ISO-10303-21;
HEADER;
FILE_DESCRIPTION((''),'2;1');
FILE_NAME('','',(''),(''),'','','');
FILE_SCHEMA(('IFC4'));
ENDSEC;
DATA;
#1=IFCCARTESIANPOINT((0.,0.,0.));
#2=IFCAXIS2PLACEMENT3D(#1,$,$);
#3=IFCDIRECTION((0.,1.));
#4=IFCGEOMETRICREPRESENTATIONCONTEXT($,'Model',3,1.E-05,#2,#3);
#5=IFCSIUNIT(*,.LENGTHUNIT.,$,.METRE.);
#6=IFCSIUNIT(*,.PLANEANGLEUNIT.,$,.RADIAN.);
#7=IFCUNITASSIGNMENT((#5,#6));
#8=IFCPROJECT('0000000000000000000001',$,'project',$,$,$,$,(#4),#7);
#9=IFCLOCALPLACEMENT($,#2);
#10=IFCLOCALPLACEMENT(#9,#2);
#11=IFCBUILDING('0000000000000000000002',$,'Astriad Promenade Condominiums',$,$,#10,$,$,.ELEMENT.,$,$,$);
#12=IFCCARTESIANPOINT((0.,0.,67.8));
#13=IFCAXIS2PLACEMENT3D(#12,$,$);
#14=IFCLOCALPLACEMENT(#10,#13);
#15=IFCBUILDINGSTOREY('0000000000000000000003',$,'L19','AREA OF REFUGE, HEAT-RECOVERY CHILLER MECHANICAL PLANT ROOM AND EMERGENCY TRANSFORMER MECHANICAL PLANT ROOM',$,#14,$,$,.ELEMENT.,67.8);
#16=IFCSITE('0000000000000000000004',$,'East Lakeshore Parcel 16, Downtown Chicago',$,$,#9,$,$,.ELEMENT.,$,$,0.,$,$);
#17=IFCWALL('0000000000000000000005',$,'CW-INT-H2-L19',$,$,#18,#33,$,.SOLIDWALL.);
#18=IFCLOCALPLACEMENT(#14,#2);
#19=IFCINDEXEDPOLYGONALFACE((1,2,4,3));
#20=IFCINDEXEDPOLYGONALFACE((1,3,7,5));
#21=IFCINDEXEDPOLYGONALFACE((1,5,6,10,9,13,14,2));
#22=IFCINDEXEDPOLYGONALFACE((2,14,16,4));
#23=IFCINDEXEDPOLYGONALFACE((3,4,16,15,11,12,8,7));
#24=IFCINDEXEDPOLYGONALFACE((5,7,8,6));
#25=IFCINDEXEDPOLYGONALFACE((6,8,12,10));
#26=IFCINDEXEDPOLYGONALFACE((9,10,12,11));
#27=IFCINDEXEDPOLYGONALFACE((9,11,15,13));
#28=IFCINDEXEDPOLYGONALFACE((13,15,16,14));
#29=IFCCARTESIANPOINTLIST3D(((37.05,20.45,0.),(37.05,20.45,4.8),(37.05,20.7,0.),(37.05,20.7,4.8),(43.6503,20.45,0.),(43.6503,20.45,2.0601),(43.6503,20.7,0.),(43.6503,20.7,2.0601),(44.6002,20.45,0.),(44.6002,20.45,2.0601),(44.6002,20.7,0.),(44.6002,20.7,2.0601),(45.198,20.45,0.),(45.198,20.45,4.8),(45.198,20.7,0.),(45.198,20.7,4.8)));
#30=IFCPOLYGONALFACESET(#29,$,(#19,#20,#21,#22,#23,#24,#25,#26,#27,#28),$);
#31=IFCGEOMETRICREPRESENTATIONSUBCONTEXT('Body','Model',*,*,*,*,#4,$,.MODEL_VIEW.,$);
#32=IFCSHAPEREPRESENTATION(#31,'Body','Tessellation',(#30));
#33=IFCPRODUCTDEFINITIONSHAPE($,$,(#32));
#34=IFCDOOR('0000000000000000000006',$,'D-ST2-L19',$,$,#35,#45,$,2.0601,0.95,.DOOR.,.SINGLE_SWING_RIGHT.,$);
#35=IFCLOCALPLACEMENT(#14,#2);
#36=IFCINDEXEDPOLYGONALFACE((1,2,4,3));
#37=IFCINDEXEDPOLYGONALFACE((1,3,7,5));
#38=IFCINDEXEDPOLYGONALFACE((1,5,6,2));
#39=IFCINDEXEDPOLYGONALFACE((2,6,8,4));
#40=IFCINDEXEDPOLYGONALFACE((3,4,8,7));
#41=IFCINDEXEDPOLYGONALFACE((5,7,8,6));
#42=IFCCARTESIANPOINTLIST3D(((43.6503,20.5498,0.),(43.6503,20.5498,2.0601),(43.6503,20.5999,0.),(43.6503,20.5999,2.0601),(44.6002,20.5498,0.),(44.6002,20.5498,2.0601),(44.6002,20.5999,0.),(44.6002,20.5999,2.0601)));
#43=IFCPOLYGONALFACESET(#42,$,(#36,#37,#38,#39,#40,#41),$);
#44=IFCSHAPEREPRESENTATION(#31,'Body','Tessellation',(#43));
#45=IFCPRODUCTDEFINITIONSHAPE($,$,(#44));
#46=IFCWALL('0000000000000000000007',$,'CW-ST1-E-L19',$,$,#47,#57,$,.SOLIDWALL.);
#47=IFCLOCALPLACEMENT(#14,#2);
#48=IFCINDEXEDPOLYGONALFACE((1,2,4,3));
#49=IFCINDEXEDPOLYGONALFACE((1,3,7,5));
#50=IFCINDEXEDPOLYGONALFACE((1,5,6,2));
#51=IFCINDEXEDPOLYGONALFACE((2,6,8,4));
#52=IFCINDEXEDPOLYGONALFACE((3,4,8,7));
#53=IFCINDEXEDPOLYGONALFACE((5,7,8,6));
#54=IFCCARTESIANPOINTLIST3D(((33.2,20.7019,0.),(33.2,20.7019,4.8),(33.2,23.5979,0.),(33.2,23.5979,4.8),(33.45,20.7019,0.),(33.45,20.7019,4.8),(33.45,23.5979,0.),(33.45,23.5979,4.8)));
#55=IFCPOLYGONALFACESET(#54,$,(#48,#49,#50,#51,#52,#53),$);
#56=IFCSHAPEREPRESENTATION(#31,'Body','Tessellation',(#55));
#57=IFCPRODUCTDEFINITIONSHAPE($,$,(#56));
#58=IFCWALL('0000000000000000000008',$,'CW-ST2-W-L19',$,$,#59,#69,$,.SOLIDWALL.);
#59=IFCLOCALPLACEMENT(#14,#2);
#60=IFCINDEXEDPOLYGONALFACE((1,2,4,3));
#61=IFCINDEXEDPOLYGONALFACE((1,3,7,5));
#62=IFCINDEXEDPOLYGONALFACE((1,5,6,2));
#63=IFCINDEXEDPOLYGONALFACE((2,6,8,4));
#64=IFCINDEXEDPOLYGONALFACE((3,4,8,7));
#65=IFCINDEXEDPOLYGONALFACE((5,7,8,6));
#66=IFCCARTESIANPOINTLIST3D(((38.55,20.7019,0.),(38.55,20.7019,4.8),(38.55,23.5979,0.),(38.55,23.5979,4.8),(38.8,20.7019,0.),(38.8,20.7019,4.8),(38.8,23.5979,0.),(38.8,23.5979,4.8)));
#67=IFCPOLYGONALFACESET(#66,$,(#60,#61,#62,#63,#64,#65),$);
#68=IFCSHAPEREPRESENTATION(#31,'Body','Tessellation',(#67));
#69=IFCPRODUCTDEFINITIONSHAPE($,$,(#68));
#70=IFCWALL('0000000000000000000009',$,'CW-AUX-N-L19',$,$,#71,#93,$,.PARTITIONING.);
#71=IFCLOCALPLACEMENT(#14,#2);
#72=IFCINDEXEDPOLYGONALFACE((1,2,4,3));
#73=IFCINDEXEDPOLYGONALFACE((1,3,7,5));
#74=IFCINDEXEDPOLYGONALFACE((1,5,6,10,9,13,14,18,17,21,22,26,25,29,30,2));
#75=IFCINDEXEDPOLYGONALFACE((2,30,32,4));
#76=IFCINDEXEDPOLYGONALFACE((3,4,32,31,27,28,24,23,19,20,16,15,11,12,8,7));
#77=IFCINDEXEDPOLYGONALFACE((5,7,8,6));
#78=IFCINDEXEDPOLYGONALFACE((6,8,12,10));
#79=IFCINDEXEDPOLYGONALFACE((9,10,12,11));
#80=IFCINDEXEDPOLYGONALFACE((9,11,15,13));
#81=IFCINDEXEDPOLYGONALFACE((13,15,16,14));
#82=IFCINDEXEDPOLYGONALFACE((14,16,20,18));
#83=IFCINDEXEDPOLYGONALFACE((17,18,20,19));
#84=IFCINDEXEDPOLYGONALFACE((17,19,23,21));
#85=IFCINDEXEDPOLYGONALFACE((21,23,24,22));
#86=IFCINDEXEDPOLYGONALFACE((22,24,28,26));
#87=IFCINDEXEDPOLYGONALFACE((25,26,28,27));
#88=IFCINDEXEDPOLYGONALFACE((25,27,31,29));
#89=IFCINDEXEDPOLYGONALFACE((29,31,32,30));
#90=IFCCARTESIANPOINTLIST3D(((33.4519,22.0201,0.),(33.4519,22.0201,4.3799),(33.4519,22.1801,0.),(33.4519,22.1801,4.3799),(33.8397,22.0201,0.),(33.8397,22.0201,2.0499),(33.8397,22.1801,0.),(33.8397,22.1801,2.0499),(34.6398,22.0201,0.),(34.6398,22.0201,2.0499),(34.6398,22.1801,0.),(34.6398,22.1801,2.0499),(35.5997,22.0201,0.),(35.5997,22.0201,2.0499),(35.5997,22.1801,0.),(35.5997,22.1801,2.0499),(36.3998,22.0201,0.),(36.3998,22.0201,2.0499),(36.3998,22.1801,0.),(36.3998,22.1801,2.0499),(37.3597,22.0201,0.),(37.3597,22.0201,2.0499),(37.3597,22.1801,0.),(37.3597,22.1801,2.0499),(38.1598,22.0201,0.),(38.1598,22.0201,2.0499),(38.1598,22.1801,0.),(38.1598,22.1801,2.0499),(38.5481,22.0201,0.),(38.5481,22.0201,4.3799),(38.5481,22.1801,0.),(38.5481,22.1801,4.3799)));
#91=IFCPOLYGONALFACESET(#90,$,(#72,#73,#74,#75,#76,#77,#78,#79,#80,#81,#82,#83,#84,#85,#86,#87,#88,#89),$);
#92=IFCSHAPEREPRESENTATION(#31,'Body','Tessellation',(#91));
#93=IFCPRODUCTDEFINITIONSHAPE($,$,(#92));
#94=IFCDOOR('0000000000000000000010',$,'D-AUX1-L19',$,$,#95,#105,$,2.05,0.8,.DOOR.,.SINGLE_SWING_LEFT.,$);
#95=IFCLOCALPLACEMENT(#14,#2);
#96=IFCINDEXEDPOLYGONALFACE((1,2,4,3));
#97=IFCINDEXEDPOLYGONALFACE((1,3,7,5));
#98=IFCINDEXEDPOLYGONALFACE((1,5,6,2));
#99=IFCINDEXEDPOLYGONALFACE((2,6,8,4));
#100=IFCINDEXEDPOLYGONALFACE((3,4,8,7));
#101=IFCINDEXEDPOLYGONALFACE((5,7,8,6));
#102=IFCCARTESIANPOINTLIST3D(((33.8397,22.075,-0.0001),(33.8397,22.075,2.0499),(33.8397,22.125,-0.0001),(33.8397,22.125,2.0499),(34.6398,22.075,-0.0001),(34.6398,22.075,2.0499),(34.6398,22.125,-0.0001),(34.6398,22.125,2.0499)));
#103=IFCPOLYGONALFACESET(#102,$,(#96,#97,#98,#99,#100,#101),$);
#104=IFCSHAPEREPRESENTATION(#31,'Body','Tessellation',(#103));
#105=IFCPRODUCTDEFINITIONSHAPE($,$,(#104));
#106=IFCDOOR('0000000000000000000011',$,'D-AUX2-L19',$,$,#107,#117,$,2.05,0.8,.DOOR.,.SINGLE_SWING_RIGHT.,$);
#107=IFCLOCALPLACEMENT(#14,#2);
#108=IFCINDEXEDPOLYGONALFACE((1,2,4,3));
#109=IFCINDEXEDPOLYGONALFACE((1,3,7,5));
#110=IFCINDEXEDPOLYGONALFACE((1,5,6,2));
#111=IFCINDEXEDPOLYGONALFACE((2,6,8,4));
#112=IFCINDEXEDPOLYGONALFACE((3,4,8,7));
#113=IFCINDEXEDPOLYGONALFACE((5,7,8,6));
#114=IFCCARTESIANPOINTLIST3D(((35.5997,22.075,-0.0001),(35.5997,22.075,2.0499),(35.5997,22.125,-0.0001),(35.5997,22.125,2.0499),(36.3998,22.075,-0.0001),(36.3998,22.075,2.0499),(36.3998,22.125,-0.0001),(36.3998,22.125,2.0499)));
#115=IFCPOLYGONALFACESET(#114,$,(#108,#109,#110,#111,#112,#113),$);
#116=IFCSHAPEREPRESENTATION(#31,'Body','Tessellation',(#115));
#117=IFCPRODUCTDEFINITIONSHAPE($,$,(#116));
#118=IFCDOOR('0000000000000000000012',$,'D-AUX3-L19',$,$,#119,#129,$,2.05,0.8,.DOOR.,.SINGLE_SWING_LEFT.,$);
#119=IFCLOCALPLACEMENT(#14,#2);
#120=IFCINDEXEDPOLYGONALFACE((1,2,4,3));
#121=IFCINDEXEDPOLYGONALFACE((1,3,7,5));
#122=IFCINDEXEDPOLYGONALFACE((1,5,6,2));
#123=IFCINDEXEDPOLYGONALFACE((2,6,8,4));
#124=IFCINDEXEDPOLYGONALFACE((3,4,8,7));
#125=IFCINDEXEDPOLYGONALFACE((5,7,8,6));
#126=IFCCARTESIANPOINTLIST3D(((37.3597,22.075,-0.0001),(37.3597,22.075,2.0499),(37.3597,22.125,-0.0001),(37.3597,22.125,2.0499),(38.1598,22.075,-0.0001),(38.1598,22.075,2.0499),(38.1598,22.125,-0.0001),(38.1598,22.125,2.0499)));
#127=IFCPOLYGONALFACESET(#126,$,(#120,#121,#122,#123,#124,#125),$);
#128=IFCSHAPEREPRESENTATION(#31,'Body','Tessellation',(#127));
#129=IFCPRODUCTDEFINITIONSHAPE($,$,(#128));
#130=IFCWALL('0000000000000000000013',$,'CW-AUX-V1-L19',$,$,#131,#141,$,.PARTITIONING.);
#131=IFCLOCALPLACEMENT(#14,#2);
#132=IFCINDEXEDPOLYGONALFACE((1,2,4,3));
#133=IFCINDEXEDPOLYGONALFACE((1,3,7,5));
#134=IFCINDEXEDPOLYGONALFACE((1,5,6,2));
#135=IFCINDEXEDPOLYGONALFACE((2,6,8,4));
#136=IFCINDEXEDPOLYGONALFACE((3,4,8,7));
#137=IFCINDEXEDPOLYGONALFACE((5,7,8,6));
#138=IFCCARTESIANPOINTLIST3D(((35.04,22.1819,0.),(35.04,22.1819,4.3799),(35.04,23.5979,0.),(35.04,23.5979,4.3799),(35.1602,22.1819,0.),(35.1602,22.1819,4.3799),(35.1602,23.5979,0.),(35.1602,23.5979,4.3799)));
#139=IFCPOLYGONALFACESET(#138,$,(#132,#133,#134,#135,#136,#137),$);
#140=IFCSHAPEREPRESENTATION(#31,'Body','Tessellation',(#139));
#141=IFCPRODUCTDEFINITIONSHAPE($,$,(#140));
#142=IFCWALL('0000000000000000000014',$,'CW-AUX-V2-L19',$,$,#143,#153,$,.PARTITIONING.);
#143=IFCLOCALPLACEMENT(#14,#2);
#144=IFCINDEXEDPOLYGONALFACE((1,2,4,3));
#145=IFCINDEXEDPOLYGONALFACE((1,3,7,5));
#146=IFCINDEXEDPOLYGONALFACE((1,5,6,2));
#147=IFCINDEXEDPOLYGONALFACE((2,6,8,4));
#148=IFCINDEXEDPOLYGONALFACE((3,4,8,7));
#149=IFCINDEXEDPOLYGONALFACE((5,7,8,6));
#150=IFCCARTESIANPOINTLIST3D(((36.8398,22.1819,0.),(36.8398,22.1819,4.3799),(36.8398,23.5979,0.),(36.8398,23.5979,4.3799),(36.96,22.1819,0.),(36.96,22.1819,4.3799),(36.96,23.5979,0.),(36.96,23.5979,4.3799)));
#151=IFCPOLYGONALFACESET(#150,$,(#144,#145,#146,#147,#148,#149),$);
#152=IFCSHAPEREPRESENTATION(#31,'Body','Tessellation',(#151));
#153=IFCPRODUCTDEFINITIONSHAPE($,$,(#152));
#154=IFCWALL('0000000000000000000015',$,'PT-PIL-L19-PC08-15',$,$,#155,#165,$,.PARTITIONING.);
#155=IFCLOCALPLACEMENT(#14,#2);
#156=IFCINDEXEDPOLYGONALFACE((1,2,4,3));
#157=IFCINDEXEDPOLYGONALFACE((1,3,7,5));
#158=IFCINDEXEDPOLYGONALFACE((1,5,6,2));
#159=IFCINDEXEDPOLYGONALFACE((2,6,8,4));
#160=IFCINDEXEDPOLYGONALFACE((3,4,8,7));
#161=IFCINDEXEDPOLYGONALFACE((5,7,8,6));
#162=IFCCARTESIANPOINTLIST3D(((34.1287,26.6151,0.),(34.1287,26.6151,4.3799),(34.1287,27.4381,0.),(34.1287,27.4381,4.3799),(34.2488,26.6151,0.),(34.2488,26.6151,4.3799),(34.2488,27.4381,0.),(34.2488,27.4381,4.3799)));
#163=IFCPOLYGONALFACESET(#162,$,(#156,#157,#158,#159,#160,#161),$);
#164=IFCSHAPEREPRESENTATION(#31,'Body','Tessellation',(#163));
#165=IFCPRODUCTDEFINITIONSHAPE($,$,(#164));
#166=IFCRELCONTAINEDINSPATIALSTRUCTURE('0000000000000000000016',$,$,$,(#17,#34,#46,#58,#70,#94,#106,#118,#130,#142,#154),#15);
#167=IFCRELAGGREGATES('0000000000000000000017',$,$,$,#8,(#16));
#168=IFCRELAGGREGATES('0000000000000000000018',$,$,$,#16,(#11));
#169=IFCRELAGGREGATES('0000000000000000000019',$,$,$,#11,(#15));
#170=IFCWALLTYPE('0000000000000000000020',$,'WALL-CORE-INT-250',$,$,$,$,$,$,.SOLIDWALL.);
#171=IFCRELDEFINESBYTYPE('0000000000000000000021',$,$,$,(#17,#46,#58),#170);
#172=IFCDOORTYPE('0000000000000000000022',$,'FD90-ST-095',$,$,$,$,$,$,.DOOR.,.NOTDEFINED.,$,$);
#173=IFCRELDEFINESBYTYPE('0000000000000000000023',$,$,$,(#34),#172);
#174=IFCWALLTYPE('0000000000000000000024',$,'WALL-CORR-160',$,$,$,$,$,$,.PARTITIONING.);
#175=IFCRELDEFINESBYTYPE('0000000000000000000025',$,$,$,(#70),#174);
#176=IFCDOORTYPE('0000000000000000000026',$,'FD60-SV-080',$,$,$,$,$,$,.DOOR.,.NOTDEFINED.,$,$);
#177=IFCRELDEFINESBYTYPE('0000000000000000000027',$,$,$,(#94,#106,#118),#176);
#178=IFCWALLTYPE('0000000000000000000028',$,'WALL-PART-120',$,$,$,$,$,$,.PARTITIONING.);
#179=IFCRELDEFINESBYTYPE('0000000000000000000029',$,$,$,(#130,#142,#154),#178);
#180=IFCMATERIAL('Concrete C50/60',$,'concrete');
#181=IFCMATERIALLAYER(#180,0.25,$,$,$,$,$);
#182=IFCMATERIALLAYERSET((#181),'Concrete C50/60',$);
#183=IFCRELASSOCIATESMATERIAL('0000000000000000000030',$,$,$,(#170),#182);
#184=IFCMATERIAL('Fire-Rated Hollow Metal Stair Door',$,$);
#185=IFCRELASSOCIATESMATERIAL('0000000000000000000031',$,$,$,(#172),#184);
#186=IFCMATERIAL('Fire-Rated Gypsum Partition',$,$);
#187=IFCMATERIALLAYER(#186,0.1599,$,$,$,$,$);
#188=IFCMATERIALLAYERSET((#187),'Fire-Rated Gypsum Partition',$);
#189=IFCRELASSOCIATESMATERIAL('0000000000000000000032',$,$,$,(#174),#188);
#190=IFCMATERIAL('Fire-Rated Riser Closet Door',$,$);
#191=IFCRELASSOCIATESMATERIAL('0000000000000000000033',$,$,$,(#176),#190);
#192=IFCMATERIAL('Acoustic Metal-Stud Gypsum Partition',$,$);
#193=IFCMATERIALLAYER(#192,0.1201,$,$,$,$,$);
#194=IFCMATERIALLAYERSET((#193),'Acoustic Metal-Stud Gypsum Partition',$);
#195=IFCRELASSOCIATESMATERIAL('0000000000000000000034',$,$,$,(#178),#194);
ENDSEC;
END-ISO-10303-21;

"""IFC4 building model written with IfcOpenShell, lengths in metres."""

from ifc_helpers import new_model, si_unit, direction, frame, frame_2d, origin, place, context, subcontext, project, spatial, rectangle, extrude, source, transform, mapped, material, layer, layer_set, type_object, type_shapes, element, fill, save


model = new_model("IFC4")

# Units and contexts
model_context = context("Model", 3, precision=1e-05, world=origin(), true_north=direction((0.0, 1.0)))
body_context = subcontext(model_context, "Body", "Model", "MODEL_VIEW")
ifc_project = project(units=[si_unit("LENGTHUNIT", "METRE"), si_unit("PLANEANGLEUNIT", "RADIAN")], contexts=[model_context])

# Site, building, storey
site_placement = place(None, origin())
site = spatial("IfcSite", under=ifc_project, at=site_placement, Name="East Lakeshore Parcel 16, Downtown Chicago", CompositionType="ELEMENT", RefElevation=0.0)
building_placement = place(site_placement, origin())
building = spatial("IfcBuilding", under=site, at=building_placement, Name="Astriad Promenade Condominiums", CompositionType="ELEMENT")
storey_placement = place(building_placement, frame((0.0, 0.0, 67.8)))
storey = spatial("IfcBuildingStorey", under=building, at=storey_placement, Name="L19", Description="AREA OF REFUGE, HEAT-RECOVERY CHILLER MECHANICAL PLANT ROOM AND EMERGENCY TRANSFORMER MECHANICAL PLANT ROOM", CompositionType="ELEMENT", Elevation=67.8)

# Wall, opening, door
ifc_material_1 = material(Name="Concrete C50/60", Category="concrete")
ifc_layer_1 = layer(ifc_material_1, 0.25)
ifc_layer_set_1 = layer_set([ifc_layer_1], Name="Concrete C50/60")
wall_type_1 = type_object("IfcWallType", Name="WALL-CORE-INT-250", PredefinedType="SOLIDWALL", material=ifc_layer_set_1)
wall_1_placement = place(storey_placement, frame((37.05, 20.575, 0.0), z_axis=(0.0, 0.0, 1.0), x_axis=(1.0, 0.0, 0.0)))
wall_1 = element("IfcWall", 1, at=wall_1_placement, inside=storey, type_object=wall_type_1, Name="CW-INT-H2-L19", PredefinedType="SOLIDWALL", context=body_context, shape_type="SweptSolid", body=[
    extrude(rectangle(XDim=8.1479, YDim=0.25, at=frame_2d((4.074, 0.0))), origin(), (0.0, 0.0, 1.0), 4.8),
])
opening_1_placement = place(wall_1_placement, frame((6.6001, 0.0, 0.0)))
opening_1 = element("IfcOpeningElement", 2, at=opening_1_placement, cuts=wall_1, PredefinedType="OPENING", context=body_context, shape_type="SweptSolid", body=[
    extrude(rectangle(XDim=0.95, YDim=2.0601, at=frame_2d((0.4751, 1.03))), frame((0.0, 0.135, 0.0), z_axis=(0.0, -1.0, 0.0), x_axis=(1.0, 0.0, 0.0)), (0.0, 0.0, 1.0), 0.27),
])
ifc_material_2 = material(Name="Fire-Rated Hollow Metal Stair Door")
door_type_1 = type_object("IfcDoorType", Name="FD90-ST-095", OperationType="NOTDEFINED", PredefinedType="DOOR", material=ifc_material_2)
shared_shape_1 = source(origin(), body_context, "Body", "SweptSolid", [
    extrude(rectangle(XDim=0.95, YDim=2.0601, at=frame_2d((0.4751, 1.03))), frame((0.0, 0.0249, 0.0), z_axis=(0.0, -1.0, 0.0), x_axis=(1.0, 0.0, 0.0)), (0.0, 0.0, 1.0), 0.05),
])
type_shapes(door_type_1, [shared_shape_1])
door_1_placement = place(opening_1_placement, origin())
door_1 = element("IfcDoor", 3, at=door_1_placement, inside=storey, type_object=door_type_1, Name="D-ST2-L19", OperationType="SINGLE_SWING_RIGHT", OverallHeight=2.0601, OverallWidth=0.95, PredefinedType="DOOR", context=body_context, shape_type="MappedRepresentation", body=[
    mapped(shared_shape_1, transform((0.0, 0.0, 0.0), scale=1.0)),
])
fill(opening_1, door_1)

# Walls
for number, where, z_axis, x_axis, name in (
    (4, (33.325, 20.7019, 0.0), (0.0, 0.0, 1.0), (0.0, 1.0, 0.0), "CW-ST1-E-L19"),
    (5, (38.675, 20.7019, 0.0), (0.0, 0.0, 1.0), (0.0, 1.0, 0.0), "CW-ST2-W-L19"),
):
    element("IfcWall", number, at=place(storey_placement, frame(where, z_axis=z_axis, x_axis=x_axis)), inside=storey, type_object=wall_type_1, Name=name, PredefinedType="SOLIDWALL", context=body_context, shape_type="SweptSolid", body=[
        extrude(rectangle(XDim=2.896, YDim=0.25, at=frame_2d((1.448, 0.0))), origin(), (0.0, 0.0, 1.0), 4.8),
    ])

# Wall, openings, doors
ifc_material_3 = material(Name="Fire-Rated Gypsum Partition")
ifc_layer_2 = layer(ifc_material_3, 0.1599)
ifc_layer_set_2 = layer_set([ifc_layer_2], Name="Fire-Rated Gypsum Partition")
wall_type_2 = type_object("IfcWallType", Name="WALL-CORR-160", PredefinedType="PARTITIONING", material=ifc_layer_set_2)
wall_2_placement = place(storey_placement, frame((33.4519, 22.1001, 0.0), z_axis=(0.0, 0.0, 1.0), x_axis=(1.0, 0.0, 0.0)))
wall_2 = element("IfcWall", 6, at=wall_2_placement, inside=storey, type_object=wall_type_2, Name="CW-AUX-N-L19", PredefinedType="PARTITIONING", context=body_context, shape_type="SweptSolid", body=[
    extrude(rectangle(XDim=5.0962, YDim=0.1599, at=frame_2d((2.5481, 0.0))), origin(), (0.0, 0.0, 1.0), 4.3799),
])
opening_2_placement = place(wall_2_placement, frame((0.3879, 0.0, 0.0)))
opening_2 = element("IfcOpeningElement", 7, at=opening_2_placement, cuts=wall_2, PredefinedType="OPENING", context=body_context, shape_type="SweptSolid", body=[
    extrude(rectangle(XDim=0.8, YDim=2.05, at=frame_2d((0.3999, 1.0249))), frame((0.0, 0.0898, 0.0), z_axis=(0.0, -1.0, 0.0), x_axis=(1.0, 0.0, 0.0)), (0.0, 0.0, 1.0), 0.1799),
])
opening_3_placement = place(wall_2_placement, frame((2.1479, 0.0, 0.0)))
opening_3 = element("IfcOpeningElement", 8, at=opening_3_placement, cuts=wall_2, PredefinedType="OPENING", context=body_context, shape_type="SweptSolid", body=[
    extrude(rectangle(XDim=0.8, YDim=2.05, at=frame_2d((0.3999, 1.0249))), frame((0.0, 0.0898, 0.0), z_axis=(0.0, -1.0, 0.0), x_axis=(1.0, 0.0, 0.0)), (0.0, 0.0, 1.0), 0.1799),
])
opening_4_placement = place(wall_2_placement, frame((3.908, 0.0, 0.0)))
opening_4 = element("IfcOpeningElement", 9, at=opening_4_placement, cuts=wall_2, PredefinedType="OPENING", context=body_context, shape_type="SweptSolid", body=[
    extrude(rectangle(XDim=0.8, YDim=2.05, at=frame_2d((0.3999, 1.0249))), frame((0.0, 0.0898, 0.0), z_axis=(0.0, -1.0, 0.0), x_axis=(1.0, 0.0, 0.0)), (0.0, 0.0, 1.0), 0.1799),
])
ifc_material_4 = material(Name="Fire-Rated Riser Closet Door")
door_type_2 = type_object("IfcDoorType", Name="FD60-SV-080", OperationType="NOTDEFINED", PredefinedType="DOOR", material=ifc_material_4)
shared_shape_2 = source(origin(), body_context, "Body", "SweptSolid", [
    extrude(rectangle(XDim=0.8, YDim=2.05, at=frame_2d((0.3999, 1.0249))), frame((0.0, 0.0249, 0.0), z_axis=(0.0, -1.0, 0.0), x_axis=(1.0, 0.0, 0.0)), (0.0, 0.0, 1.0), 0.05),
])
type_shapes(door_type_2, [shared_shape_2])
door_2_placement = place(opening_2_placement, origin())
door_2 = element("IfcDoor", 10, at=door_2_placement, inside=storey, type_object=door_type_2, Name="D-AUX1-L19", OperationType="SINGLE_SWING_LEFT", OverallHeight=2.05, OverallWidth=0.8, PredefinedType="DOOR", context=body_context, shape_type="MappedRepresentation", body=[
    mapped(shared_shape_2, transform((0.0, 0.0, 0.0), scale=1.0)),
])
fill(opening_2, door_2)
door_3_placement = place(opening_3_placement, origin())
door_3 = element("IfcDoor", 11, at=door_3_placement, inside=storey, type_object=door_type_2, Name="D-AUX2-L19", OperationType="SINGLE_SWING_RIGHT", OverallHeight=2.05, OverallWidth=0.8, PredefinedType="DOOR", context=body_context, shape_type="MappedRepresentation", body=[
    mapped(shared_shape_2, transform((0.0, 0.0, 0.0), scale=1.0)),
])
fill(opening_3, door_3)
door_4_placement = place(opening_4_placement, origin())
door_4 = element("IfcDoor", 12, at=door_4_placement, inside=storey, type_object=door_type_2, Name="D-AUX3-L19", OperationType="SINGLE_SWING_LEFT", OverallHeight=2.05, OverallWidth=0.8, PredefinedType="DOOR", context=body_context, shape_type="MappedRepresentation", body=[
    mapped(shared_shape_2, transform((0.0, 0.0, 0.0), scale=1.0)),
])
fill(opening_4, door_4)

# Walls
ifc_material_5 = material(Name="Acoustic Metal-Stud Gypsum Partition")
ifc_layer_3 = layer(ifc_material_5, 0.1201)
ifc_layer_set_3 = layer_set([ifc_layer_3], Name="Acoustic Metal-Stud Gypsum Partition")
wall_type_3 = type_object("IfcWallType", Name="WALL-PART-120", PredefinedType="PARTITIONING", material=ifc_layer_set_3)
for number, where, z_axis, x_axis, name in (
    (13, (35.1001, 22.1819, 0.0), (0.0, 0.0, 1.0), (0.0, 1.0, 0.0), "CW-AUX-V1-L19"),
    (14, (36.8999, 22.1819, 0.0), (0.0, 0.0, 1.0), (0.0, 1.0, 0.0), "CW-AUX-V2-L19"),
):
    element("IfcWall", number, at=place(storey_placement, frame(where, z_axis=z_axis, x_axis=x_axis)), inside=storey, type_object=wall_type_3, Name=name, PredefinedType="PARTITIONING", context=body_context, shape_type="SweptSolid", body=[
        extrude(rectangle(XDim=1.416, YDim=0.1201, at=frame_2d((0.708, 0.0))), origin(), (0.0, 0.0, 1.0), 4.3799),
    ])
wall_3_placement = place(storey_placement, frame((34.1887, 26.615, 0.0), z_axis=(0.0, 0.0, 1.0), x_axis=(0.0, 1.0, 0.0)))
element("IfcWall", 15, at=wall_3_placement, inside=storey, type_object=wall_type_3, Name="PT-PIL-L19-PC08-15", PredefinedType="PARTITIONING", context=body_context, shape_type="SweptSolid", body=[
    extrude(rectangle(XDim=0.823, YDim=0.1201, at=frame_2d((0.4116, 0.0))), origin(), (0.0, 0.0, 1.0), 4.3799),
])

save(model, "model.ifc")
